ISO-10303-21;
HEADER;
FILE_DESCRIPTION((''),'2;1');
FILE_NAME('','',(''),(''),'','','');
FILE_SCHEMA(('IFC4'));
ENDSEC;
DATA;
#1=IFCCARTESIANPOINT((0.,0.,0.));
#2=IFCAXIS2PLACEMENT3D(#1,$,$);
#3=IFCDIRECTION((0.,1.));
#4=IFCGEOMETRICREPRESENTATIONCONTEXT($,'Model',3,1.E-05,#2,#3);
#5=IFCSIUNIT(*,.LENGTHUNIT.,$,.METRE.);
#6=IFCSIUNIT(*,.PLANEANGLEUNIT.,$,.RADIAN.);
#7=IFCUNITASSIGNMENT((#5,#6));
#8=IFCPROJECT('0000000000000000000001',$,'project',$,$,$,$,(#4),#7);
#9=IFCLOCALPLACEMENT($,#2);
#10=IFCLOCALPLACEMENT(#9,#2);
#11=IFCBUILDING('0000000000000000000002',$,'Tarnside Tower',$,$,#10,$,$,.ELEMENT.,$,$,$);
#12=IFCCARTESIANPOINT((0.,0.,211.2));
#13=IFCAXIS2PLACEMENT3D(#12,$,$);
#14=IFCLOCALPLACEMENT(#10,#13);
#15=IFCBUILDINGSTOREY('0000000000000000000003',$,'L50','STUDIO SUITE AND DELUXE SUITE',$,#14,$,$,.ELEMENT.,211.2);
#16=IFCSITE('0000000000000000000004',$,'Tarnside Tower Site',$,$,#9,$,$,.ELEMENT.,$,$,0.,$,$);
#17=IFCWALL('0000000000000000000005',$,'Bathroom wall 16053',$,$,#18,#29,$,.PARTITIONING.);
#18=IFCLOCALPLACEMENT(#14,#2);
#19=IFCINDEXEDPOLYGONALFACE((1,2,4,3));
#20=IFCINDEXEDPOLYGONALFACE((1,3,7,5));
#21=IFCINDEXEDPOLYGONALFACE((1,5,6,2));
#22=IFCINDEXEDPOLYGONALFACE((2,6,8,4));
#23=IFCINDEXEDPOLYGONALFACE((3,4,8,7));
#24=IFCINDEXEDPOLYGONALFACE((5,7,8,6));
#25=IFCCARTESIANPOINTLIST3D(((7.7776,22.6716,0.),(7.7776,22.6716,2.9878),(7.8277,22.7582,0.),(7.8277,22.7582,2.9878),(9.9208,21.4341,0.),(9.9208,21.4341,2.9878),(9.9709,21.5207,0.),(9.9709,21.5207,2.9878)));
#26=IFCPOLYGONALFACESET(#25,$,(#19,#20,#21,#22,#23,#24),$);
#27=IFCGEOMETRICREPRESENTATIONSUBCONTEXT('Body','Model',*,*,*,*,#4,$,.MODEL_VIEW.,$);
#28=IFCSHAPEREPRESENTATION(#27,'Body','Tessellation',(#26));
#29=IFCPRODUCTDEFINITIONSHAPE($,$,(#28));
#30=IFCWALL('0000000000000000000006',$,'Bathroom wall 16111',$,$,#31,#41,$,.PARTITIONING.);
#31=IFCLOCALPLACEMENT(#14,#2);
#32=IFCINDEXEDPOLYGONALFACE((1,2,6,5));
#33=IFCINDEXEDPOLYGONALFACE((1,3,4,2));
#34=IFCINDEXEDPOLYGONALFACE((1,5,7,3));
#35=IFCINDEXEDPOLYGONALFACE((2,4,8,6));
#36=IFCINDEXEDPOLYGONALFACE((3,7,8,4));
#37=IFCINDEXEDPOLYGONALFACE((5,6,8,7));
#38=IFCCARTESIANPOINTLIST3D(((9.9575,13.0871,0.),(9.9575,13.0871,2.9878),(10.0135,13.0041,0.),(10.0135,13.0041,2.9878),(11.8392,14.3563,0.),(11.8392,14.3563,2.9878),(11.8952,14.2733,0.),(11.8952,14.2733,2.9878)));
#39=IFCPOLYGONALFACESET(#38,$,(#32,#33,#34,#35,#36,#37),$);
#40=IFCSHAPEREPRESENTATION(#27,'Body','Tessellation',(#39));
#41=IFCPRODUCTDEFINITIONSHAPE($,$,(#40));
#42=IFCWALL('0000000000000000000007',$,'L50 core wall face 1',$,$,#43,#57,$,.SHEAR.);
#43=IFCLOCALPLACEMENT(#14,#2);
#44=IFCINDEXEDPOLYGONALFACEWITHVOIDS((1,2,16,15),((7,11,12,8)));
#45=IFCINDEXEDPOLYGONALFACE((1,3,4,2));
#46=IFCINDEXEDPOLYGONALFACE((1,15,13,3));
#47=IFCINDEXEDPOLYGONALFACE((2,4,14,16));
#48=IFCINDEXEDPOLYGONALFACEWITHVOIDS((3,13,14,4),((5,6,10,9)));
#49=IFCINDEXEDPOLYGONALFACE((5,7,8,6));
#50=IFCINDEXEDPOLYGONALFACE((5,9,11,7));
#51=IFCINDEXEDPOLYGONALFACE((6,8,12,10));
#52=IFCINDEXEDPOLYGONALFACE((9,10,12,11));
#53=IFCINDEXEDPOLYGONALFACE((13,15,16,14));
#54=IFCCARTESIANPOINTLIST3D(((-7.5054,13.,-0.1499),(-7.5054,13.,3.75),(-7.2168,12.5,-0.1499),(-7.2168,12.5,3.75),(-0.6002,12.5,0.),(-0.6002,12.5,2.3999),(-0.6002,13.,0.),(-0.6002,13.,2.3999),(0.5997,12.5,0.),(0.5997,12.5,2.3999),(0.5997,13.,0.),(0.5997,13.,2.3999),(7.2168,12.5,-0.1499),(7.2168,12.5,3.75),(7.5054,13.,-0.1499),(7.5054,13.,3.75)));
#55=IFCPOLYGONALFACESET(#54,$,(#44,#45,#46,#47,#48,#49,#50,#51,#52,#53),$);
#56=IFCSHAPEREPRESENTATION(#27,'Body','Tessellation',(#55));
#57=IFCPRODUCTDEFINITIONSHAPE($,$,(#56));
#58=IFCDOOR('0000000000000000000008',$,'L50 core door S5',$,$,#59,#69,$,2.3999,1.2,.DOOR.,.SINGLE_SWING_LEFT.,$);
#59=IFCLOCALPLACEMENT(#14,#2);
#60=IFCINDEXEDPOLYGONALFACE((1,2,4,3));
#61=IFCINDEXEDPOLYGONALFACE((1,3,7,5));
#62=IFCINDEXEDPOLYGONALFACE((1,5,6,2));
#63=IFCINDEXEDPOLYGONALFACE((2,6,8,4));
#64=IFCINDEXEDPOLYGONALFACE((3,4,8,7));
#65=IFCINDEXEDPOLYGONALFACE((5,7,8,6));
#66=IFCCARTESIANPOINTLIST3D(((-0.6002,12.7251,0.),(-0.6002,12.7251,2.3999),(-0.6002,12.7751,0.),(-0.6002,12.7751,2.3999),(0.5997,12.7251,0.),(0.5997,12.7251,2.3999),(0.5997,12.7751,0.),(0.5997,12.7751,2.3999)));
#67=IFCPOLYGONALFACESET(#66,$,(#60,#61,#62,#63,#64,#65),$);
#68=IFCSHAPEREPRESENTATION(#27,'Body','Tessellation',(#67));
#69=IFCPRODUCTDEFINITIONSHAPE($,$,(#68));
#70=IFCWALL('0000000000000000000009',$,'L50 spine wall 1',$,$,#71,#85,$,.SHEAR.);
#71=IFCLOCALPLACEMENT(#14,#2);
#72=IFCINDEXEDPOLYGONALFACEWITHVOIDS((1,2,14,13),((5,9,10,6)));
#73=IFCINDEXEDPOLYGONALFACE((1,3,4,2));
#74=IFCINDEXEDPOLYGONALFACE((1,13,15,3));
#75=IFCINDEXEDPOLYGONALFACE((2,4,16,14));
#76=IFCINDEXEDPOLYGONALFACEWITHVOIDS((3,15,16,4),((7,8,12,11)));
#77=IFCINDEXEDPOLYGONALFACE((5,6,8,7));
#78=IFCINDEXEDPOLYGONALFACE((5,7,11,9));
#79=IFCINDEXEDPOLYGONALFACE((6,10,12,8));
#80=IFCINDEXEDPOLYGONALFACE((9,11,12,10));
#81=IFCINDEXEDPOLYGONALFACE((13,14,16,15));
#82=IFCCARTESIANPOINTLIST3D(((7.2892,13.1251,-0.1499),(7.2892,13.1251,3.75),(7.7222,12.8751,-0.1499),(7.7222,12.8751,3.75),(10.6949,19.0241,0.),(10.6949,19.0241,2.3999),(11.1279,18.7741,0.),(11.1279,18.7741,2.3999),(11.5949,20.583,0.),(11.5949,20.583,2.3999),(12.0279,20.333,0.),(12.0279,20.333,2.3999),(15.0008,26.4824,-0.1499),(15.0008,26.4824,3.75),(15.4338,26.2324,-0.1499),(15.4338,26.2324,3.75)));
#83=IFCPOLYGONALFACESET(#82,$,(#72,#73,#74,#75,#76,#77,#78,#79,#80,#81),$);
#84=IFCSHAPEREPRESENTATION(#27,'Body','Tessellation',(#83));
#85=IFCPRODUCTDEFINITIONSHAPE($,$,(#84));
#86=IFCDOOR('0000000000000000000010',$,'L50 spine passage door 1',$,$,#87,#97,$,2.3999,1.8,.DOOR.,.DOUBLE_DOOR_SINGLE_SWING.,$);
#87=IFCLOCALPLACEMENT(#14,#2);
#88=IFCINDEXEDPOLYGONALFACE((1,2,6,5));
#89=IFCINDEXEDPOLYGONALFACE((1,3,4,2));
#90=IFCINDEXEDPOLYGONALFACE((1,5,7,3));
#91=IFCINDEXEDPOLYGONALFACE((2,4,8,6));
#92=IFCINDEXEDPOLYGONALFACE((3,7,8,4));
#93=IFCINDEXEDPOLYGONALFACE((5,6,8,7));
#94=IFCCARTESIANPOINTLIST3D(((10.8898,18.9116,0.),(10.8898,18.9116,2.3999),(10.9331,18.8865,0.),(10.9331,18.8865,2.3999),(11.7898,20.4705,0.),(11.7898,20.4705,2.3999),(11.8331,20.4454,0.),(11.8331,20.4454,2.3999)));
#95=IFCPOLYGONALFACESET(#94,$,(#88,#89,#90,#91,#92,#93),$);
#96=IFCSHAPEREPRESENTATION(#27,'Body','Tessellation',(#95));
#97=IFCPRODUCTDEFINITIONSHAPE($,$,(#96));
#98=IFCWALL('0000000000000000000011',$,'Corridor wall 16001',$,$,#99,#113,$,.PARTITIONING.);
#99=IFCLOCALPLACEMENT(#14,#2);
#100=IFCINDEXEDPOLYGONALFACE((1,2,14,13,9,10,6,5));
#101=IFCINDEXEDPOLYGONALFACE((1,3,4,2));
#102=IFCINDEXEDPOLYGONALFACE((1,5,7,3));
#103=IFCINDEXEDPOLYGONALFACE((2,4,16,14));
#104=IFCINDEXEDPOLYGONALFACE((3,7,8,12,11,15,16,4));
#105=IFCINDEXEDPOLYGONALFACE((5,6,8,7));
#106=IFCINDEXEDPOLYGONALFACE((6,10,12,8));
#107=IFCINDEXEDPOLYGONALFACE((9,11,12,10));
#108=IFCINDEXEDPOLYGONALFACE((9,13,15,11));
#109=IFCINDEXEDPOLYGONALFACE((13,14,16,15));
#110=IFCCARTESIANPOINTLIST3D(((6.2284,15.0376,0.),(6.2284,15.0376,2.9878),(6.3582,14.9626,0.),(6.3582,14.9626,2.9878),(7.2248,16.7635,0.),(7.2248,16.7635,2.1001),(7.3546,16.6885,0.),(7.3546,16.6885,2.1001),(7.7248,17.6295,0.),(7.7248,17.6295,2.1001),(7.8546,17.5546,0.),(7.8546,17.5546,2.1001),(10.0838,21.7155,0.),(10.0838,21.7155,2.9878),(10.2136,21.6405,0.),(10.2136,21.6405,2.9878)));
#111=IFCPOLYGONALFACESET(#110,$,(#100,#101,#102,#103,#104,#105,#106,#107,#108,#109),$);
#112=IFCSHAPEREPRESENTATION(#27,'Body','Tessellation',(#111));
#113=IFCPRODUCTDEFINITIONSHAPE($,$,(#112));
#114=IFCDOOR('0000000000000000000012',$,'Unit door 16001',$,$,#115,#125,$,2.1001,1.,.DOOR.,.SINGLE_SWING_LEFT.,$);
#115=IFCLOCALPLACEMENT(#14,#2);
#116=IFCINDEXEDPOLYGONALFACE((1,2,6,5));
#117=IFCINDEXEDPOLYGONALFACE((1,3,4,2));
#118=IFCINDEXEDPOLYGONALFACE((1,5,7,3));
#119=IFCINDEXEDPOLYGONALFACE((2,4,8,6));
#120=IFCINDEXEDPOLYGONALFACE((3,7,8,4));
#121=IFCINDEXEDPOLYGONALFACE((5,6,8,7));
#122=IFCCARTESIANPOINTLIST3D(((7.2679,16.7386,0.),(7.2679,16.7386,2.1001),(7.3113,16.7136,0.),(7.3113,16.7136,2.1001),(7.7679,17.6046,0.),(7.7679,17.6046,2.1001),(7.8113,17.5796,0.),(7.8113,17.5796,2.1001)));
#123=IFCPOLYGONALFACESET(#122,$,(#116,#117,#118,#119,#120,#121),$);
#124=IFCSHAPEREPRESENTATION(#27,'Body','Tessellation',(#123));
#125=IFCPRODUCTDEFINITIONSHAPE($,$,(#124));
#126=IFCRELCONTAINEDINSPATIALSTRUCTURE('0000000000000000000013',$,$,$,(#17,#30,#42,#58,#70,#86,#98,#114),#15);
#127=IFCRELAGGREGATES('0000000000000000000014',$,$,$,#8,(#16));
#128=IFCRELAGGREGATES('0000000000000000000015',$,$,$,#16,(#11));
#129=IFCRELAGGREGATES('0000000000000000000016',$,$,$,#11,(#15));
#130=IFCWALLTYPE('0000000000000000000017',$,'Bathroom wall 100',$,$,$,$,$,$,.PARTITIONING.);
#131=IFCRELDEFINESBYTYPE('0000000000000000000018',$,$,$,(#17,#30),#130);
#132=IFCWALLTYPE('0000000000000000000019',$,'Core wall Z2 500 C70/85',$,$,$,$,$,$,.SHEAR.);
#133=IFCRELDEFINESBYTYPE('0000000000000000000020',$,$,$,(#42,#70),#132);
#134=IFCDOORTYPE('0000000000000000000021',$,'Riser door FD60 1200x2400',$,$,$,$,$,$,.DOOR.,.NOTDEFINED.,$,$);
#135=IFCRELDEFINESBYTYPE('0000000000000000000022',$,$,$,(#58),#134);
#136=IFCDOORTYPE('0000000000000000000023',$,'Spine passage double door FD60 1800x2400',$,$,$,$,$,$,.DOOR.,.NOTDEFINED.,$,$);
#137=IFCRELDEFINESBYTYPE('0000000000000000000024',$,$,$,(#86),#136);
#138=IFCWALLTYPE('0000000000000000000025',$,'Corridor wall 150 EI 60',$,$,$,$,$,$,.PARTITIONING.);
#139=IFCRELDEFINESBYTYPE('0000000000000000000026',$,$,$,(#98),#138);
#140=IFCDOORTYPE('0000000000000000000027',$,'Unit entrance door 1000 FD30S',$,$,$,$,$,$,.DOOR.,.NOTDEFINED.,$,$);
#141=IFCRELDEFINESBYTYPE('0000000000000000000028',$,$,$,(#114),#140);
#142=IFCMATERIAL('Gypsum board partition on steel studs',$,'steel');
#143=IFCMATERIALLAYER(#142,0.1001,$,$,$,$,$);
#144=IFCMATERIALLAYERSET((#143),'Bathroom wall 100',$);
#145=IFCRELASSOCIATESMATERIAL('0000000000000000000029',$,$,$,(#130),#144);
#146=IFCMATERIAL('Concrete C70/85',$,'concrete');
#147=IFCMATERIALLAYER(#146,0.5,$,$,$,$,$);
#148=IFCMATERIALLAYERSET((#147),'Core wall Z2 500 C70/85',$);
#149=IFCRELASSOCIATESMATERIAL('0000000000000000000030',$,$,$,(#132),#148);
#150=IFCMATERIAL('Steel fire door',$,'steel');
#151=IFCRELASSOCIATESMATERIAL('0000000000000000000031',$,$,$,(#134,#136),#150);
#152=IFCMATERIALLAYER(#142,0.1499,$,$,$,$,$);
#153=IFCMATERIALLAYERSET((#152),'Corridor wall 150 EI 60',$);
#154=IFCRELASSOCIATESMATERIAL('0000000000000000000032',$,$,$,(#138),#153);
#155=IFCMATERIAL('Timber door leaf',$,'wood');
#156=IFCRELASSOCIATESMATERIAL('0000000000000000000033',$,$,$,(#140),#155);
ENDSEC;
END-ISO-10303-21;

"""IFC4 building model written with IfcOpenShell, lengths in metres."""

from ifc_helpers import new_model, si_unit, direction, frame, frame_2d, origin, place, context, subcontext, project, spatial, polyline, rectangle, outline, extrude, material, layer, layer_set, type_object, element, fill, save


model = new_model("IFC4")

# Units and contexts
model_context = context("Model", 3, precision=1e-05, world=origin(), true_north=direction((0.0, 1.0)))
body_context = subcontext(model_context, "Body", "Model", "MODEL_VIEW")
ifc_project = project(units=[si_unit("LENGTHUNIT", "METRE"), si_unit("PLANEANGLEUNIT", "RADIAN")], contexts=[model_context])

# Site, building, storey
site_placement = place(None, origin())
site = spatial("IfcSite", under=ifc_project, at=site_placement, Name="Tarnside Tower Site", CompositionType="ELEMENT", RefElevation=0.0)
building_placement = place(site_placement, origin())
building = spatial("IfcBuilding", under=site, at=building_placement, Name="Tarnside Tower", CompositionType="ELEMENT")
storey_placement = place(building_placement, frame((0.0, 0.0, 211.2)))
storey = spatial("IfcBuildingStorey", under=building, at=storey_placement, Name="L50", Description="STUDIO SUITE AND DELUXE SUITE", CompositionType="ELEMENT", Elevation=211.2)

# Shared definitions
ifc_material_1 = material(Name="Gypsum board partition on steel studs", Category="steel")
ifc_layer_1 = layer(ifc_material_1, 0.1001)
ifc_layer_set_1 = layer_set([ifc_layer_1], Name="Bathroom wall 100")
wall_type_1 = type_object("IfcWallType", Name="Bathroom wall 100", PredefinedType="PARTITIONING", material=ifc_layer_set_1)
ifc_material_2 = material(Name="Timber door leaf", Category="wood")

# Walls
wall_1_placement = place(storey_placement, frame((7.8027, 22.7148, 0.0), z_axis=(0.0, 0.0, 1.0), x_axis=(0.866007, -0.500033, 0.0)))
element("IfcWall", 1, at=wall_1_placement, inside=storey, type_object=wall_type_1, Name="Bathroom wall 16053", PredefinedType="PARTITIONING", context=body_context, shape_type="SweptSolid", body=[
    extrude(rectangle(XDim=2.4749, YDim=0.1001, at=frame_2d((1.2373, 0.0))), origin(), (0.0, 0.0, 1.0), 2.9878),
])
wall_2_placement = place(storey_placement, frame((9.9856, 13.0457, 0.0), z_axis=(0.0, 0.0, 1.0), x_axis=(0.829043, 0.559185, 0.0)))
element("IfcWall", 2, at=wall_2_placement, inside=storey, type_object=wall_type_1, Name="Bathroom wall 16111", PredefinedType="PARTITIONING", context=body_context, shape_type="SweptSolid", body=[
    extrude(rectangle(XDim=2.2698, YDim=0.1001, at=frame_2d((1.1348, 0.0))), origin(), (0.0, 0.0, 1.0), 2.9878),
])

# Walls, openings, doors
ifc_material_3 = material(Name="Concrete C70/85", Category="concrete")
ifc_layer_2 = layer(ifc_material_3, 0.5)
ifc_layer_set_2 = layer_set([ifc_layer_2], Name="Core wall Z2 500 C70/85")
wall_type_2 = type_object("IfcWallType", Name="Core wall Z2 500 C70/85", PredefinedType="SHEAR", material=ifc_layer_set_2)
wall_3_placement = place(storey_placement, frame((7.3611, 12.75, -0.1499), z_axis=(0.0, 0.0, 1.0), x_axis=(-1.0, 0.0, 0.0)))
wall_3 = element("IfcWall", 3, at=wall_3_placement, inside=storey, type_object=wall_type_2, Name="L50 core wall face 1", PredefinedType="SHEAR", context=body_context, shape_type="SweptSolid", body=[
    extrude(outline(polyline([(-0.1443, -0.25), (14.8665, -0.25), (14.5779, 0.25), (0.1443, 0.25), (-0.1443, -0.25)])), origin(), (0.0, 0.0, 1.0), 3.8999),
])
opening_1_placement = place(wall_3_placement, frame((6.7612, 0.0, 0.1499)))
opening_1 = element("IfcOpeningElement", 4, at=opening_1_placement, cuts=wall_3, PredefinedType="OPENING", context=body_context, shape_type="SweptSolid", body=[
    extrude(rectangle(XDim=1.2, YDim=2.3999, at=frame_2d((0.6001, 1.2))), frame((0.0, 0.26, 0.0), z_axis=(0.0, -1.0, 0.0), x_axis=(1.0, 0.0, 0.0)), (0.0, 0.0, 1.0), 0.52),
])
ifc_material_4 = material(Name="Steel fire door", Category="steel")
door_type_1 = type_object("IfcDoorType", Name="Riser door FD60 1200x2400", OperationType="NOTDEFINED", PredefinedType="DOOR", material=ifc_material_4)
door_1_placement = place(opening_1_placement, origin())
door_1 = element("IfcDoor", 5, at=door_1_placement, inside=storey, type_object=door_type_1, Name="L50 core door S5", OperationType="SINGLE_SWING_LEFT", OverallHeight=2.3999, OverallWidth=1.2, PredefinedType="DOOR", context=body_context, shape_type="SweptSolid", body=[
    extrude(rectangle(XDim=1.2, YDim=2.3999, at=frame_2d((0.6001, 1.2))), frame((0.0, 0.0249, 0.0), z_axis=(0.0, -1.0, 0.0), x_axis=(1.0, 0.0, 0.0)), (0.0, 0.0, 1.0), 0.05),
])
fill(opening_1, door_1)
wall_4_placement = place(storey_placement, frame((7.5056, 13.0, -0.1499), z_axis=(0.0, 0.0, 1.0), x_axis=(0.499988, 0.866032, 0.0)))
wall_4 = element("IfcWall", 6, at=wall_4_placement, inside=storey, type_object=wall_type_2, Name="L50 spine wall 1", PredefinedType="SHEAR", context=body_context, shape_type="SweptSolid", body=[
    extrude(rectangle(XDim=15.4236, YDim=0.5, at=frame_2d((7.7119, 0.0))), origin(), (0.0, 0.0, 1.0), 3.8999),
])
opening_2_placement = place(wall_4_placement, frame((6.8118, 0.0, 0.1499)))
opening_2 = element("IfcOpeningElement", 7, at=opening_2_placement, cuts=wall_4, PredefinedType="OPENING", context=body_context, shape_type="SweptSolid", body=[
    extrude(rectangle(XDim=1.8, YDim=2.3999, at=frame_2d((0.8999, 1.2))), frame((0.0, 0.26, 0.0), z_axis=(0.0, -1.0, 0.0), x_axis=(1.0, 0.0, 0.0)), (0.0, 0.0, 1.0), 0.52),
])
door_type_2 = type_object("IfcDoorType", Name="Spine passage double door FD60 1800x2400", OperationType="NOTDEFINED", PredefinedType="DOOR", material=ifc_material_4)
door_2_placement = place(opening_2_placement, origin())
door_2 = element("IfcDoor", 8, at=door_2_placement, inside=storey, type_object=door_type_2, Name="L50 spine passage door 1", OperationType="DOUBLE_DOOR_SINGLE_SWING", OverallHeight=2.3999, OverallWidth=1.8, PredefinedType="DOOR", context=body_context, shape_type="SweptSolid", body=[
    extrude(rectangle(XDim=1.8, YDim=2.3999, at=frame_2d((0.8999, 1.2))), frame((0.0, 0.0249, 0.0), z_axis=(0.0, -1.0, 0.0), x_axis=(1.0, 0.0, 0.0)), (0.0, 0.0, 1.0), 0.05),
])
fill(opening_2, door_2)
ifc_layer_3 = layer(ifc_material_1, 0.1499)
ifc_layer_set_3 = layer_set([ifc_layer_3], Name="Corridor wall 150 EI 60")
wall_type_3 = type_object("IfcWallType", Name="Corridor wall 150 EI 60", PredefinedType="PARTITIONING", material=ifc_layer_set_3)
wall_5_placement = place(storey_placement, frame((10.1487, 21.678, 0.0), z_axis=(0.0, 0.0, 1.0), x_axis=(-0.499994, -0.866029, 0.0)))
wall_5 = element("IfcWall", 9, at=wall_5_placement, inside=storey, type_object=wall_type_3, Name="Corridor wall 16001", PredefinedType="PARTITIONING", context=body_context, shape_type="SweptSolid", body=[
    extrude(rectangle(XDim=7.7109, YDim=0.1499, at=frame_2d((3.8555, 0.0))), origin(), (0.0, 0.0, 1.0), 2.9878),
])
opening_3_placement = place(wall_5_placement, frame((4.718, 0.0, 0.0)))
opening_3 = element("IfcOpeningElement", 10, at=opening_3_placement, cuts=wall_5, PredefinedType="OPENING", context=body_context, shape_type="SweptSolid", body=[
    extrude(rectangle(XDim=1.0, YDim=2.1001, at=frame_2d((0.5, 1.05))), frame((0.0, 0.085, 0.0), z_axis=(0.0, -1.0, 0.0), x_axis=(1.0, 0.0, 0.0)), (0.0, 0.0, 1.0), 0.1699),
])
door_type_3 = type_object("IfcDoorType", Name="Unit entrance door 1000 FD30S", OperationType="NOTDEFINED", PredefinedType="DOOR", material=ifc_material_2)
door_3_placement = place(opening_3_placement, origin())
door_3 = element("IfcDoor", 11, at=door_3_placement, inside=storey, type_object=door_type_3, Name="Unit door 16001", OperationType="SINGLE_SWING_LEFT", OverallHeight=2.1001, OverallWidth=1.0, PredefinedType="DOOR", context=body_context, shape_type="SweptSolid", body=[
    extrude(rectangle(XDim=1.0, YDim=2.1001, at=frame_2d((0.5, 1.05))), frame((0.0, 0.0249, 0.0), z_axis=(0.0, -1.0, 0.0), x_axis=(1.0, 0.0, 0.0)), (0.0, 0.0, 1.0), 0.05),
])
fill(opening_3, door_3)

save(model, "model.ifc")
